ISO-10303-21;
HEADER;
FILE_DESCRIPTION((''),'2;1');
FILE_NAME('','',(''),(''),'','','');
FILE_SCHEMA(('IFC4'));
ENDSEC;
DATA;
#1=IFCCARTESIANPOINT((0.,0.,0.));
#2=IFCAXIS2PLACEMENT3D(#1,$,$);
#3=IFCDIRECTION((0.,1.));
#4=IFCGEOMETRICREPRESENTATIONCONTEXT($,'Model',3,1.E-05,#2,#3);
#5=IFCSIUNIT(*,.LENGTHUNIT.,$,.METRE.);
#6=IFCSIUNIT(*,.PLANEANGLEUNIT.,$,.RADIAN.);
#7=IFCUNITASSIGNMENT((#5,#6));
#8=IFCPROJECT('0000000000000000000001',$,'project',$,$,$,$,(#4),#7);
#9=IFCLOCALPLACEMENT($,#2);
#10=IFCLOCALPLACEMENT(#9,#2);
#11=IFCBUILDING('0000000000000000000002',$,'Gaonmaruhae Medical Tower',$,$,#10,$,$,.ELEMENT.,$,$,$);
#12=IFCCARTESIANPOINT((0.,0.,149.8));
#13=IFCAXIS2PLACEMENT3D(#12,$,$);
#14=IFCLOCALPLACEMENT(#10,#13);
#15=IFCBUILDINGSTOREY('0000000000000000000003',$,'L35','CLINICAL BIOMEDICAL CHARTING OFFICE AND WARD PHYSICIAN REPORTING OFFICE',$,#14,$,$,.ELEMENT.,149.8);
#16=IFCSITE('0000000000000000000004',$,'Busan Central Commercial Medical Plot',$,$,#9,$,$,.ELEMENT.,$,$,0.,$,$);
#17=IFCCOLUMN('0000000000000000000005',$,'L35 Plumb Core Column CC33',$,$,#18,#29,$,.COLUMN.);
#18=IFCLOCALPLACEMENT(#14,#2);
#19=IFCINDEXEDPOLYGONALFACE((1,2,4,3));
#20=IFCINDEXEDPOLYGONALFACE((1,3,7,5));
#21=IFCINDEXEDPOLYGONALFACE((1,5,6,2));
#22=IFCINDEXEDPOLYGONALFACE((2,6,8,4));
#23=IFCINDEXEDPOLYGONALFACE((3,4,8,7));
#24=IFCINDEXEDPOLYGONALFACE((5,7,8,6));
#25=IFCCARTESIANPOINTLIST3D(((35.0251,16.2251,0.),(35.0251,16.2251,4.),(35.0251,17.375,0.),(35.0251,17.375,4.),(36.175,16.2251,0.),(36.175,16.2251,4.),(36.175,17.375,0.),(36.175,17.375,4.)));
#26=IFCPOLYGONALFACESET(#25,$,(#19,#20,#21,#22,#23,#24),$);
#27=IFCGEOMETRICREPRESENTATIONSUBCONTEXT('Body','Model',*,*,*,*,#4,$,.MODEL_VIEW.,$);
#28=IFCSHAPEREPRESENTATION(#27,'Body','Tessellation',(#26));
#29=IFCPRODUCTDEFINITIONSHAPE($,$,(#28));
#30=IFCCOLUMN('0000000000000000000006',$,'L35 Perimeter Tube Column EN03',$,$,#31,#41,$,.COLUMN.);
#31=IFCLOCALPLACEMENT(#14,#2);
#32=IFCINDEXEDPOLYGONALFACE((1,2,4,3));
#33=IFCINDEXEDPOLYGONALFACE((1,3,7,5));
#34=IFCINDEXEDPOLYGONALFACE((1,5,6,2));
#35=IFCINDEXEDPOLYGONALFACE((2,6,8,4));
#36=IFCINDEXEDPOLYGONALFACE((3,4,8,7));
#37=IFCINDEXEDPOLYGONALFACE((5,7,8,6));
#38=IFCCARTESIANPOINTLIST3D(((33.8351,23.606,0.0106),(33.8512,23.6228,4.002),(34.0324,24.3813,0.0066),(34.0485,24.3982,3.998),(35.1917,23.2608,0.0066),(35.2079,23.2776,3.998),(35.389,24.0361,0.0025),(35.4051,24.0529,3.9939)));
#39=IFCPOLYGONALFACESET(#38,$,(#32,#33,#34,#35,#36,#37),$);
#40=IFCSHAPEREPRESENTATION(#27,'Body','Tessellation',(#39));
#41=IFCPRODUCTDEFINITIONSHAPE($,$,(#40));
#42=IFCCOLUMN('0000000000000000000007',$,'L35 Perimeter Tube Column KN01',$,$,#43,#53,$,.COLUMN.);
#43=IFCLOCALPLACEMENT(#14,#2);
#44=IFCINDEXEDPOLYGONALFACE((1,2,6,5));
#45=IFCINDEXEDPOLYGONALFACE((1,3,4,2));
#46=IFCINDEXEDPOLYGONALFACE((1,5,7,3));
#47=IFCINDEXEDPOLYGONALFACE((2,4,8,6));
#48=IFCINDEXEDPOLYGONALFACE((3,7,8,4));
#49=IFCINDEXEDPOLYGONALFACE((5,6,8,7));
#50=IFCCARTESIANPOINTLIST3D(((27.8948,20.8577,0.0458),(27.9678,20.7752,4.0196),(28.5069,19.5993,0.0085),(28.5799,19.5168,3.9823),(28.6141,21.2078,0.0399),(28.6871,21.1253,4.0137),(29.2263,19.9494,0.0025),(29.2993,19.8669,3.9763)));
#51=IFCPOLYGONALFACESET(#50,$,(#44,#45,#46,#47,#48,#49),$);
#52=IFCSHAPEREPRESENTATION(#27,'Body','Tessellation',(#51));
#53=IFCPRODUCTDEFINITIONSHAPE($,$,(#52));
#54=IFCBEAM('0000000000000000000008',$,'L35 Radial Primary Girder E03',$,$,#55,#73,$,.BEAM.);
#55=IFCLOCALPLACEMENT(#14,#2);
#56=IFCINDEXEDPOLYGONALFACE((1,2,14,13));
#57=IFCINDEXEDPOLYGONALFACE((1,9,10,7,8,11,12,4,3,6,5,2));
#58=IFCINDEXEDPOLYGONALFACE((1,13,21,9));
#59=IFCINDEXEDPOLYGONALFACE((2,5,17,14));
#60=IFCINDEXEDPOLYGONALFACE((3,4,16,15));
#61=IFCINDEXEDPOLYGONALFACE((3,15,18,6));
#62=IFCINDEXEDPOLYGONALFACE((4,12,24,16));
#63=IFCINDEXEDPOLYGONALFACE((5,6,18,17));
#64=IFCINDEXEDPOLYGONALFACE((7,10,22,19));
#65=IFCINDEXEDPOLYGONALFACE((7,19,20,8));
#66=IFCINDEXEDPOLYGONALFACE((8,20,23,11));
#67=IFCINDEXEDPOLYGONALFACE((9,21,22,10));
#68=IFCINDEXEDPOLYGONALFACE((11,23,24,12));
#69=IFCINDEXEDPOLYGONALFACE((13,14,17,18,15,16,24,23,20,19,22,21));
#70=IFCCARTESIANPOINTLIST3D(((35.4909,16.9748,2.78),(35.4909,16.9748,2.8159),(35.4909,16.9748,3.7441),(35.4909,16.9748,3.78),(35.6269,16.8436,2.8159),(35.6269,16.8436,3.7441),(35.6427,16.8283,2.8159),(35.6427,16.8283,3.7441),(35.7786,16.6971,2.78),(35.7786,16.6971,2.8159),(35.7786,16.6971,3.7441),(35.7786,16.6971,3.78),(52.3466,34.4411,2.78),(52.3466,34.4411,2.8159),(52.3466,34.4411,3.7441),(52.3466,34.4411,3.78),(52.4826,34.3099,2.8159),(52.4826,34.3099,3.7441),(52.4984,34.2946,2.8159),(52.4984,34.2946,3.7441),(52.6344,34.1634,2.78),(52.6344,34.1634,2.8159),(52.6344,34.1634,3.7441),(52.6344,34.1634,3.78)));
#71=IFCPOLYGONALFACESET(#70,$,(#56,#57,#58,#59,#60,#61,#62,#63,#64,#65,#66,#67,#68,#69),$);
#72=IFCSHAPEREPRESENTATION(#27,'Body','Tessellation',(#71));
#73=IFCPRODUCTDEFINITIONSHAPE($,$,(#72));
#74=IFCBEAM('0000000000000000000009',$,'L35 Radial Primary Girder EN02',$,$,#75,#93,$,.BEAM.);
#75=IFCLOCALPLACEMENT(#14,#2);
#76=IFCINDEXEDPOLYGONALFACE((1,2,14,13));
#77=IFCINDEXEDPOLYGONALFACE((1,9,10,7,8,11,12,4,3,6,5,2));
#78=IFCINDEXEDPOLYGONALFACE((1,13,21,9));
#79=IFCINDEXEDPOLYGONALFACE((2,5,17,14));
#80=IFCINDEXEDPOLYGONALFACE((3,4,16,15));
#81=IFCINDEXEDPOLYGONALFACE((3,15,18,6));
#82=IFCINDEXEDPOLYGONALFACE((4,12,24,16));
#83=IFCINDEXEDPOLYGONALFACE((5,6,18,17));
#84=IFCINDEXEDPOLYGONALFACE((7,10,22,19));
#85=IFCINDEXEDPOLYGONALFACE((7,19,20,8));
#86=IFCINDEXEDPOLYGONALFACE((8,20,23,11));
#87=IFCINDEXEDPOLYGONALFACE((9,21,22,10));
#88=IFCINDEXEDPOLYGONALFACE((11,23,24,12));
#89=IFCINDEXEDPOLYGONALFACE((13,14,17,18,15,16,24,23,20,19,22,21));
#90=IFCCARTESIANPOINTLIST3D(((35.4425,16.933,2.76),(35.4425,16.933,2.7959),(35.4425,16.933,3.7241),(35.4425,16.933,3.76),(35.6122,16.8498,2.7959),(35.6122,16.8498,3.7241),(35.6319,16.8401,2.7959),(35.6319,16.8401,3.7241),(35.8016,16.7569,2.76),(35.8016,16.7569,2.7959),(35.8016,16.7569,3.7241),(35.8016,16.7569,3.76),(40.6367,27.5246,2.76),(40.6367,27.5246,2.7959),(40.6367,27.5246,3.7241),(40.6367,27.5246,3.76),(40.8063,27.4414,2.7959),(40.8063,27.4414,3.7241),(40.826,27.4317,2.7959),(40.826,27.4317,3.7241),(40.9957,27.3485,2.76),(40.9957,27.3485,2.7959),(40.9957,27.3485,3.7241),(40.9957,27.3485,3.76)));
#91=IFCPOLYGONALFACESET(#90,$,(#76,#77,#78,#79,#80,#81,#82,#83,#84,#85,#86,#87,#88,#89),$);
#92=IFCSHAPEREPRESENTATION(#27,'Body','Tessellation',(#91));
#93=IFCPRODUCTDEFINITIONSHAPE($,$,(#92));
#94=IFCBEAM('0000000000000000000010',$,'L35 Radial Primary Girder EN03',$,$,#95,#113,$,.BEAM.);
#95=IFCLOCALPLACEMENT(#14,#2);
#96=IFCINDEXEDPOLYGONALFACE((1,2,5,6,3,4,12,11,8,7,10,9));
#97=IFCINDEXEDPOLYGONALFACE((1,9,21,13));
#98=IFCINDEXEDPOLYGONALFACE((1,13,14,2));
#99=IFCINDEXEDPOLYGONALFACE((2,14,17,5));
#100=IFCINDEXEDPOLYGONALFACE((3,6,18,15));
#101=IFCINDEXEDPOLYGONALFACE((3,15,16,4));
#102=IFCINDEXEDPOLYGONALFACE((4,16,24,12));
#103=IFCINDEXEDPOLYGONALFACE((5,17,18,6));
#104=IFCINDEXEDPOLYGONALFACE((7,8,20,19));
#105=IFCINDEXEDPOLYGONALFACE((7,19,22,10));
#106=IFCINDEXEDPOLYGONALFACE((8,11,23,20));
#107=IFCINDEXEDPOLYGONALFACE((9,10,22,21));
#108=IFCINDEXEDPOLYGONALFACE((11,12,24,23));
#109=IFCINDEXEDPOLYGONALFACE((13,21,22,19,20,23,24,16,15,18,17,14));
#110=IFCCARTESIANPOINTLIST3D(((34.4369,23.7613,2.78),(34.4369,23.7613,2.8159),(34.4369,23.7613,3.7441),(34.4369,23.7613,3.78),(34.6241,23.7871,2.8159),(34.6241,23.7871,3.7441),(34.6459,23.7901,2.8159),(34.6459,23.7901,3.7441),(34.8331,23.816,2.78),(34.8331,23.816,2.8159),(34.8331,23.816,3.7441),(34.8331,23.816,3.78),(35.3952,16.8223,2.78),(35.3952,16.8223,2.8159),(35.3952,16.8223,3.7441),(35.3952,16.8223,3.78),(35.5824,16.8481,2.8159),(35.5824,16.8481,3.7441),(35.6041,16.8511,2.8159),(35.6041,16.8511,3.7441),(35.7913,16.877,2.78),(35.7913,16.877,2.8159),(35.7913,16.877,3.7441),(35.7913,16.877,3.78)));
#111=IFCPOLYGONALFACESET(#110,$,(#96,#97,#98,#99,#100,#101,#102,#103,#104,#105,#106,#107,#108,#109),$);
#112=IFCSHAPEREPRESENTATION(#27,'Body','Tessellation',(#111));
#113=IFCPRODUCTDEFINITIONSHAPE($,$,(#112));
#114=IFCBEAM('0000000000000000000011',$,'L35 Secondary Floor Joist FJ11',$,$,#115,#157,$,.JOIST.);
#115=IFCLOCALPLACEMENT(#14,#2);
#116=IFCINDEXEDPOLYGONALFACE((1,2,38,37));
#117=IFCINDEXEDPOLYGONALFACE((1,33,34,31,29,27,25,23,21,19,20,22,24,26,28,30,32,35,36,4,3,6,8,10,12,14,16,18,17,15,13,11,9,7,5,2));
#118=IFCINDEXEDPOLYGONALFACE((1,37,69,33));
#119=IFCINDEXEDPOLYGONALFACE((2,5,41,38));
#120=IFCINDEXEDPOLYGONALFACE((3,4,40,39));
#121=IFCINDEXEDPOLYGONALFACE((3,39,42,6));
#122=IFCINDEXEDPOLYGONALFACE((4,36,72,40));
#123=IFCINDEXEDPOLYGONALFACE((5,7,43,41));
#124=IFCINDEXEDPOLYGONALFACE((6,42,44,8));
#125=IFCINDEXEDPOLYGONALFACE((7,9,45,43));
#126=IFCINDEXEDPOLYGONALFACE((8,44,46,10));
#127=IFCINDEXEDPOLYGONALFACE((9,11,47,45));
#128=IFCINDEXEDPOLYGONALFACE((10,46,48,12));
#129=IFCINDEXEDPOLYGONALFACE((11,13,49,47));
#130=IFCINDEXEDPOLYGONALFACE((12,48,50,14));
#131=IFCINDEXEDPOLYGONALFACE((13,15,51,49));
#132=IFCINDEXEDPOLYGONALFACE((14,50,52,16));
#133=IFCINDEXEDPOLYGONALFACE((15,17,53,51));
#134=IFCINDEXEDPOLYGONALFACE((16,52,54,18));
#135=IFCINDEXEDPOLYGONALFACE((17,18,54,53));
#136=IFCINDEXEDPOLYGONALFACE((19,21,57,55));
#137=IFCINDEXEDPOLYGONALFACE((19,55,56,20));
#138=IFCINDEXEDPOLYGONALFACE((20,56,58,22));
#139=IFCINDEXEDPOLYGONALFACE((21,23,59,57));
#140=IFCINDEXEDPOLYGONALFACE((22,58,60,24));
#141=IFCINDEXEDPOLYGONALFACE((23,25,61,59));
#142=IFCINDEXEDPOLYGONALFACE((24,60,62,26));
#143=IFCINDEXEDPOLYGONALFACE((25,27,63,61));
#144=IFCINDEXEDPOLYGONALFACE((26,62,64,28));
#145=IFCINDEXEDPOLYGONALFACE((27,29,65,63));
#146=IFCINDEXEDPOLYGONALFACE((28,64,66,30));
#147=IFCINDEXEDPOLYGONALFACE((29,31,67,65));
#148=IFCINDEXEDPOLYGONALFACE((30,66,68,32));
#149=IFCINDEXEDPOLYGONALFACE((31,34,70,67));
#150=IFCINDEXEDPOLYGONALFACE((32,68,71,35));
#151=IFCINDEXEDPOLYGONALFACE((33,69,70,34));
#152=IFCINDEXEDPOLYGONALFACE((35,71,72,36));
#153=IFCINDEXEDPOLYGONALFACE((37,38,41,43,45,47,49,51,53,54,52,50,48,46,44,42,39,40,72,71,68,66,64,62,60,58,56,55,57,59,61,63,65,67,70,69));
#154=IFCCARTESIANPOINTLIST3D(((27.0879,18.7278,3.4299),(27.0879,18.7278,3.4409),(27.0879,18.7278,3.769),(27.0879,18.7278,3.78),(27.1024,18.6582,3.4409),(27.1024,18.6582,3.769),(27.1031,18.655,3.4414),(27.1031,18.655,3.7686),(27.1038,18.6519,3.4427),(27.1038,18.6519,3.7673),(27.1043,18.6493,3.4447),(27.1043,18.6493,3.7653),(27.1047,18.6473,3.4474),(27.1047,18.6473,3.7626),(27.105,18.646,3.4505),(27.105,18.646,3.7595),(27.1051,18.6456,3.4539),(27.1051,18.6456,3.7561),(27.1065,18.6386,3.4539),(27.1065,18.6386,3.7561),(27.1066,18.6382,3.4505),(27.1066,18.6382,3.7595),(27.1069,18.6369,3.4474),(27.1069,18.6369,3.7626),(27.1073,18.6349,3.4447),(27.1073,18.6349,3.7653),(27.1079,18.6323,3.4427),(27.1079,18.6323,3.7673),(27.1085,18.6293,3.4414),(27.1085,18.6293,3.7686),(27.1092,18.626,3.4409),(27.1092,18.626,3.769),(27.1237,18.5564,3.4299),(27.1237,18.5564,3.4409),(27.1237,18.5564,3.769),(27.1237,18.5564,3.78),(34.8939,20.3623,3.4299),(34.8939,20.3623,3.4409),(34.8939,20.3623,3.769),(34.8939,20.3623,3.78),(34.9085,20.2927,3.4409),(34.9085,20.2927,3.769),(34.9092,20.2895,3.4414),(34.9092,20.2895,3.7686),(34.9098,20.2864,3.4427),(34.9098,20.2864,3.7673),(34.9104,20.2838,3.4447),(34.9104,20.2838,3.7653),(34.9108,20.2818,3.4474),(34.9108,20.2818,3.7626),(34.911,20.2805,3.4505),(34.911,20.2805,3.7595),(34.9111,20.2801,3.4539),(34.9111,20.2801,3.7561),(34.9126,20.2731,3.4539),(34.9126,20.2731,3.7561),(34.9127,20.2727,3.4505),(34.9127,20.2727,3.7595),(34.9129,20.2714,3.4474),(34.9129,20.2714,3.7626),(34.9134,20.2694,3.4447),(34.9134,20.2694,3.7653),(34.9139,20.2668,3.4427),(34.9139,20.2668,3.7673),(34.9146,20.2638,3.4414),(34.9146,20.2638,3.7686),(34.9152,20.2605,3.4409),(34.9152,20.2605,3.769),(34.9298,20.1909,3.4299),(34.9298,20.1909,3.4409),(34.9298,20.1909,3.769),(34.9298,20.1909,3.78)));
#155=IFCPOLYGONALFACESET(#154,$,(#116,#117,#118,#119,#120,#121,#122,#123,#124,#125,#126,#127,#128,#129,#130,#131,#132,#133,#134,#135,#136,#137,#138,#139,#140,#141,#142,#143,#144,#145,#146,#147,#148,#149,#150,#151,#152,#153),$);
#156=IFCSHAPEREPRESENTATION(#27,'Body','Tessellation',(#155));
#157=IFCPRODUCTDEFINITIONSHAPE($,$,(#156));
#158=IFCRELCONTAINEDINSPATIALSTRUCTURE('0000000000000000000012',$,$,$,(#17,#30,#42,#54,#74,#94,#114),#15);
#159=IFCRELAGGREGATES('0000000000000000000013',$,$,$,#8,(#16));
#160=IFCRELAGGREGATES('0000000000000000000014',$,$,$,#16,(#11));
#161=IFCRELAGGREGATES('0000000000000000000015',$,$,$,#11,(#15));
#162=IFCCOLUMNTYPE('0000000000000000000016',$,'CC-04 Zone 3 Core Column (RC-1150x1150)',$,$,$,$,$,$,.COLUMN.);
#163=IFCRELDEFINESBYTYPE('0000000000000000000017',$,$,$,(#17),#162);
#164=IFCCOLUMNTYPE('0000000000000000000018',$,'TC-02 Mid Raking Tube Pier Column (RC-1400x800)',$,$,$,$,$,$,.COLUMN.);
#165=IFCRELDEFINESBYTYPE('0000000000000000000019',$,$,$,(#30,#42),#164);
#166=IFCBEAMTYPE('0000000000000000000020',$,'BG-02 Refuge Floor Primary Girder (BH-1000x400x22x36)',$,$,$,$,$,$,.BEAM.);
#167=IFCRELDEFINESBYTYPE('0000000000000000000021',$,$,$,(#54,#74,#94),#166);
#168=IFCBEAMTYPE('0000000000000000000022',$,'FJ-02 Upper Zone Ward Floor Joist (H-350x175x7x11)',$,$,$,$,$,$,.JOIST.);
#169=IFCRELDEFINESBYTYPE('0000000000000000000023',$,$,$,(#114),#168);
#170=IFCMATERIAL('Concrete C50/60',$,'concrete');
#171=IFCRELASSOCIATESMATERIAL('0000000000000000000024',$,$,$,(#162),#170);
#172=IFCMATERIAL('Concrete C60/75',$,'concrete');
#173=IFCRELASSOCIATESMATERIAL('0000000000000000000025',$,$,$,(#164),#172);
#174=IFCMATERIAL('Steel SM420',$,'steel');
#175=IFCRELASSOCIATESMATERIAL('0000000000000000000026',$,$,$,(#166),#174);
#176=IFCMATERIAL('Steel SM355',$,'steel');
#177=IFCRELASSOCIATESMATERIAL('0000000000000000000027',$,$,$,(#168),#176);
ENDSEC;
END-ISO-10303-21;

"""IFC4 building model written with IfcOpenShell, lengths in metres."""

from ifc_helpers import new_model, si_unit, direction, frame, origin, origin_2d, place, context, subcontext, project, spatial, rectangle, i_section, extrude, material, material_profile, profile_set, type_object, element, save


model = new_model("IFC4")

# Units and contexts
model_context = context("Model", 3, precision=1e-05, world=origin(), true_north=direction((0.0, 1.0)))
body_context = subcontext(model_context, "Body", "Model", "MODEL_VIEW")
ifc_project = project(units=[si_unit("LENGTHUNIT", "METRE"), si_unit("PLANEANGLEUNIT", "RADIAN")], contexts=[model_context])

# Site, building, storey
site_placement = place(None, origin())
site = spatial("IfcSite", under=ifc_project, at=site_placement, Name="Busan Central Commercial Medical Plot", CompositionType="ELEMENT", RefElevation=0.0)
building_placement = place(site_placement, origin())
building = spatial("IfcBuilding", under=site, at=building_placement, Name="Gaonmaruhae Medical Tower", CompositionType="ELEMENT")
storey_placement = place(building_placement, frame((0.0, 0.0, 149.8)))
storey = spatial("IfcBuildingStorey", under=building, at=storey_placement, Name="L35", Description="CLINICAL BIOMEDICAL CHARTING OFFICE AND WARD PHYSICIAN REPORTING OFFICE", CompositionType="ELEMENT", Elevation=149.8)

# Columns
ifc_material_1 = material(Name="Concrete C50/60", Category="concrete")
ifc_material_profile_1 = material_profile(ifc_material_1, rectangle(XDim=1.1499, YDim=1.1499, at=origin_2d()), Name="RC-1150x1150")
ifc_profile_set_1 = profile_set([ifc_material_profile_1], Name="Concrete C50/60")
column_type_1 = type_object("IfcColumnType", Name="CC-04 Zone 3 Core Column (RC-1150x1150)", PredefinedType="COLUMN", material=ifc_profile_set_1)
column_1_placement = place(storey_placement, frame((35.6001, 16.8, 0.0), z_axis=(0.0, 0.0, 1.0), x_axis=(1.0, 0.0, 0.0)))
element("IfcColumn", 1, at=column_1_placement, inside=storey, type_object=column_type_1, Name="L35 Plumb Core Column CC33", PredefinedType="COLUMN", context=body_context, shape_type="SweptSolid", body=[
    extrude(rectangle(XDim=1.1499, YDim=1.1499, at=origin_2d()), origin(), (0.0, 0.0, 1.0), 4.0),
])
ifc_material_2 = material(Name="Concrete C60/75", Category="concrete")
ifc_material_profile_2 = material_profile(ifc_material_2, rectangle(XDim=1.3999, YDim=0.8, at=origin_2d()), Name="RC-1400x800")
ifc_profile_set_2 = profile_set([ifc_material_profile_2], Name="Concrete C60/75")
column_type_2 = type_object("IfcColumnType", Name="TC-02 Mid Raking Tube Pier Column (RC-1400x800)", PredefinedType="COLUMN", material=ifc_profile_set_2)
column_2_placement = place(storey_placement, frame((34.6121, 23.821, 0.0066), z_axis=(0.004037, 0.00422, 0.999983), x_axis=(-0.969109, 0.246616, 0.002871)))
element("IfcColumn", 2, at=column_2_placement, inside=storey, type_object=column_type_2, Name="L35 Perimeter Tube Column EN03", PredefinedType="COLUMN", context=body_context, shape_type="SweptSolid", body=[
    extrude(rectangle(XDim=1.3999, YDim=0.8, at=origin_2d()), origin(), (0.0, 0.0, 1.0), 3.9915),
])
column_3_placement = place(storey_placement, frame((28.5605, 20.4036, 0.0242), z_axis=(0.018362, -0.020758, 0.999616), x_axis=(-0.437286, 0.898926, 0.026699)))
element("IfcColumn", 3, at=column_3_placement, inside=storey, type_object=column_type_2, Name="L35 Perimeter Tube Column KN01", PredefinedType="COLUMN", context=body_context, shape_type="SweptSolid", body=[
    extrude(rectangle(XDim=1.3999, YDim=0.8, at=origin_2d()), origin(), (0.0, 0.0, 1.0), 3.9753),
])

# Beams
ifc_material_3 = material(Name="Steel SM420", Category="steel")
ifc_material_profile_3 = material_profile(ifc_material_3, i_section(OverallWidth=0.3999, OverallDepth=1.0, WebThickness=0.022, FlangeThickness=0.0359, at=origin_2d()), Name="BH-1000x400x22x36")
ifc_profile_set_3 = profile_set([ifc_material_profile_3], Name="Steel SM420")
beam_type_1 = type_object("IfcBeamType", Name="BG-02 Refuge Floor Primary Girder (BH-1000x400x22x36)", PredefinedType="BEAM", material=ifc_profile_set_3)
beam_1_placement = place(storey_placement, frame((35.6348, 16.8359, 3.28), z_axis=(0.694417, 0.719572, 0.0), x_axis=(-0.719572, 0.694417, 0.0)))
element("IfcBeam", 4, at=beam_1_placement, inside=storey, type_object=beam_type_1, Name="L35 Radial Primary Girder E03", PredefinedType="BEAM", context=body_context, shape_type="SweptSolid", body=[
    extrude(i_section(OverallWidth=0.3999, OverallDepth=1.0, WebThickness=0.022, FlangeThickness=0.0359, at=origin_2d()), origin(), (0.0, 0.0, 1.0), 24.2732),
])
beam_2_placement = place(storey_placement, frame((35.6221, 16.845, 3.26), z_axis=(0.440304, 0.897849, 0.0), x_axis=(-0.897849, 0.440304, 0.0)))
element("IfcBeam", 5, at=beam_2_placement, inside=storey, type_object=beam_type_1, Name="L35 Radial Primary Girder EN02", PredefinedType="BEAM", context=body_context, shape_type="SweptSolid", body=[
    extrude(i_section(OverallWidth=0.3999, OverallDepth=1.0, WebThickness=0.022, FlangeThickness=0.0359, at=origin_2d()), origin(), (0.0, 0.0, 1.0), 11.7966),
])
beam_3_placement = place(storey_placement, frame((35.5933, 16.8496, 3.28), z_axis=(-0.136799, 0.990599, 0.0), x_axis=(-0.990599, -0.136799, 0.0)))
element("IfcBeam", 6, at=beam_3_placement, inside=storey, type_object=beam_type_1, Name="L35 Radial Primary Girder EN03", PredefinedType="BEAM", context=body_context, shape_type="SweptSolid", body=[
    extrude(i_section(OverallWidth=0.3999, OverallDepth=1.0, WebThickness=0.022, FlangeThickness=0.0359, at=origin_2d()), origin(), (0.0, 0.0, 1.0), 7.0049),
])
ifc_material_4 = material(Name="Steel SM355", Category="steel")
ifc_material_profile_4 = material_profile(ifc_material_4, i_section(OverallWidth=0.175, OverallDepth=0.3501, WebThickness=0.0071, FlangeThickness=0.011, FilletRadius=0.0129, at=origin_2d()), Name="H-350x175x7x11")
ifc_profile_set_4 = profile_set([ifc_material_profile_4], Name="Steel SM355")
beam_type_2 = type_object("IfcBeamType", Name="FJ-02 Upper Zone Ward Floor Joist (H-350x175x7x11)", PredefinedType="JOIST", material=ifc_profile_set_4)
beam_4_placement = place(storey_placement, frame((34.9119, 20.2766, 3.605), z_axis=(-0.978774, -0.204944, 0.0), x_axis=(0.204944, -0.978774, 0.0)))
element("IfcBeam", 7, at=beam_4_placement, inside=storey, type_object=beam_type_2, Name="L35 Secondary Floor Joist FJ11", PredefinedType="JOIST", context=body_context, shape_type="SweptSolid", body=[
    extrude(i_section(OverallWidth=0.175, OverallDepth=0.3501, WebThickness=0.0071, FlangeThickness=0.011, FilletRadius=0.0129, at=origin_2d()), origin(), (0.0, 0.0, 1.0), 7.9753),
])

save(model, "model.ifc")
